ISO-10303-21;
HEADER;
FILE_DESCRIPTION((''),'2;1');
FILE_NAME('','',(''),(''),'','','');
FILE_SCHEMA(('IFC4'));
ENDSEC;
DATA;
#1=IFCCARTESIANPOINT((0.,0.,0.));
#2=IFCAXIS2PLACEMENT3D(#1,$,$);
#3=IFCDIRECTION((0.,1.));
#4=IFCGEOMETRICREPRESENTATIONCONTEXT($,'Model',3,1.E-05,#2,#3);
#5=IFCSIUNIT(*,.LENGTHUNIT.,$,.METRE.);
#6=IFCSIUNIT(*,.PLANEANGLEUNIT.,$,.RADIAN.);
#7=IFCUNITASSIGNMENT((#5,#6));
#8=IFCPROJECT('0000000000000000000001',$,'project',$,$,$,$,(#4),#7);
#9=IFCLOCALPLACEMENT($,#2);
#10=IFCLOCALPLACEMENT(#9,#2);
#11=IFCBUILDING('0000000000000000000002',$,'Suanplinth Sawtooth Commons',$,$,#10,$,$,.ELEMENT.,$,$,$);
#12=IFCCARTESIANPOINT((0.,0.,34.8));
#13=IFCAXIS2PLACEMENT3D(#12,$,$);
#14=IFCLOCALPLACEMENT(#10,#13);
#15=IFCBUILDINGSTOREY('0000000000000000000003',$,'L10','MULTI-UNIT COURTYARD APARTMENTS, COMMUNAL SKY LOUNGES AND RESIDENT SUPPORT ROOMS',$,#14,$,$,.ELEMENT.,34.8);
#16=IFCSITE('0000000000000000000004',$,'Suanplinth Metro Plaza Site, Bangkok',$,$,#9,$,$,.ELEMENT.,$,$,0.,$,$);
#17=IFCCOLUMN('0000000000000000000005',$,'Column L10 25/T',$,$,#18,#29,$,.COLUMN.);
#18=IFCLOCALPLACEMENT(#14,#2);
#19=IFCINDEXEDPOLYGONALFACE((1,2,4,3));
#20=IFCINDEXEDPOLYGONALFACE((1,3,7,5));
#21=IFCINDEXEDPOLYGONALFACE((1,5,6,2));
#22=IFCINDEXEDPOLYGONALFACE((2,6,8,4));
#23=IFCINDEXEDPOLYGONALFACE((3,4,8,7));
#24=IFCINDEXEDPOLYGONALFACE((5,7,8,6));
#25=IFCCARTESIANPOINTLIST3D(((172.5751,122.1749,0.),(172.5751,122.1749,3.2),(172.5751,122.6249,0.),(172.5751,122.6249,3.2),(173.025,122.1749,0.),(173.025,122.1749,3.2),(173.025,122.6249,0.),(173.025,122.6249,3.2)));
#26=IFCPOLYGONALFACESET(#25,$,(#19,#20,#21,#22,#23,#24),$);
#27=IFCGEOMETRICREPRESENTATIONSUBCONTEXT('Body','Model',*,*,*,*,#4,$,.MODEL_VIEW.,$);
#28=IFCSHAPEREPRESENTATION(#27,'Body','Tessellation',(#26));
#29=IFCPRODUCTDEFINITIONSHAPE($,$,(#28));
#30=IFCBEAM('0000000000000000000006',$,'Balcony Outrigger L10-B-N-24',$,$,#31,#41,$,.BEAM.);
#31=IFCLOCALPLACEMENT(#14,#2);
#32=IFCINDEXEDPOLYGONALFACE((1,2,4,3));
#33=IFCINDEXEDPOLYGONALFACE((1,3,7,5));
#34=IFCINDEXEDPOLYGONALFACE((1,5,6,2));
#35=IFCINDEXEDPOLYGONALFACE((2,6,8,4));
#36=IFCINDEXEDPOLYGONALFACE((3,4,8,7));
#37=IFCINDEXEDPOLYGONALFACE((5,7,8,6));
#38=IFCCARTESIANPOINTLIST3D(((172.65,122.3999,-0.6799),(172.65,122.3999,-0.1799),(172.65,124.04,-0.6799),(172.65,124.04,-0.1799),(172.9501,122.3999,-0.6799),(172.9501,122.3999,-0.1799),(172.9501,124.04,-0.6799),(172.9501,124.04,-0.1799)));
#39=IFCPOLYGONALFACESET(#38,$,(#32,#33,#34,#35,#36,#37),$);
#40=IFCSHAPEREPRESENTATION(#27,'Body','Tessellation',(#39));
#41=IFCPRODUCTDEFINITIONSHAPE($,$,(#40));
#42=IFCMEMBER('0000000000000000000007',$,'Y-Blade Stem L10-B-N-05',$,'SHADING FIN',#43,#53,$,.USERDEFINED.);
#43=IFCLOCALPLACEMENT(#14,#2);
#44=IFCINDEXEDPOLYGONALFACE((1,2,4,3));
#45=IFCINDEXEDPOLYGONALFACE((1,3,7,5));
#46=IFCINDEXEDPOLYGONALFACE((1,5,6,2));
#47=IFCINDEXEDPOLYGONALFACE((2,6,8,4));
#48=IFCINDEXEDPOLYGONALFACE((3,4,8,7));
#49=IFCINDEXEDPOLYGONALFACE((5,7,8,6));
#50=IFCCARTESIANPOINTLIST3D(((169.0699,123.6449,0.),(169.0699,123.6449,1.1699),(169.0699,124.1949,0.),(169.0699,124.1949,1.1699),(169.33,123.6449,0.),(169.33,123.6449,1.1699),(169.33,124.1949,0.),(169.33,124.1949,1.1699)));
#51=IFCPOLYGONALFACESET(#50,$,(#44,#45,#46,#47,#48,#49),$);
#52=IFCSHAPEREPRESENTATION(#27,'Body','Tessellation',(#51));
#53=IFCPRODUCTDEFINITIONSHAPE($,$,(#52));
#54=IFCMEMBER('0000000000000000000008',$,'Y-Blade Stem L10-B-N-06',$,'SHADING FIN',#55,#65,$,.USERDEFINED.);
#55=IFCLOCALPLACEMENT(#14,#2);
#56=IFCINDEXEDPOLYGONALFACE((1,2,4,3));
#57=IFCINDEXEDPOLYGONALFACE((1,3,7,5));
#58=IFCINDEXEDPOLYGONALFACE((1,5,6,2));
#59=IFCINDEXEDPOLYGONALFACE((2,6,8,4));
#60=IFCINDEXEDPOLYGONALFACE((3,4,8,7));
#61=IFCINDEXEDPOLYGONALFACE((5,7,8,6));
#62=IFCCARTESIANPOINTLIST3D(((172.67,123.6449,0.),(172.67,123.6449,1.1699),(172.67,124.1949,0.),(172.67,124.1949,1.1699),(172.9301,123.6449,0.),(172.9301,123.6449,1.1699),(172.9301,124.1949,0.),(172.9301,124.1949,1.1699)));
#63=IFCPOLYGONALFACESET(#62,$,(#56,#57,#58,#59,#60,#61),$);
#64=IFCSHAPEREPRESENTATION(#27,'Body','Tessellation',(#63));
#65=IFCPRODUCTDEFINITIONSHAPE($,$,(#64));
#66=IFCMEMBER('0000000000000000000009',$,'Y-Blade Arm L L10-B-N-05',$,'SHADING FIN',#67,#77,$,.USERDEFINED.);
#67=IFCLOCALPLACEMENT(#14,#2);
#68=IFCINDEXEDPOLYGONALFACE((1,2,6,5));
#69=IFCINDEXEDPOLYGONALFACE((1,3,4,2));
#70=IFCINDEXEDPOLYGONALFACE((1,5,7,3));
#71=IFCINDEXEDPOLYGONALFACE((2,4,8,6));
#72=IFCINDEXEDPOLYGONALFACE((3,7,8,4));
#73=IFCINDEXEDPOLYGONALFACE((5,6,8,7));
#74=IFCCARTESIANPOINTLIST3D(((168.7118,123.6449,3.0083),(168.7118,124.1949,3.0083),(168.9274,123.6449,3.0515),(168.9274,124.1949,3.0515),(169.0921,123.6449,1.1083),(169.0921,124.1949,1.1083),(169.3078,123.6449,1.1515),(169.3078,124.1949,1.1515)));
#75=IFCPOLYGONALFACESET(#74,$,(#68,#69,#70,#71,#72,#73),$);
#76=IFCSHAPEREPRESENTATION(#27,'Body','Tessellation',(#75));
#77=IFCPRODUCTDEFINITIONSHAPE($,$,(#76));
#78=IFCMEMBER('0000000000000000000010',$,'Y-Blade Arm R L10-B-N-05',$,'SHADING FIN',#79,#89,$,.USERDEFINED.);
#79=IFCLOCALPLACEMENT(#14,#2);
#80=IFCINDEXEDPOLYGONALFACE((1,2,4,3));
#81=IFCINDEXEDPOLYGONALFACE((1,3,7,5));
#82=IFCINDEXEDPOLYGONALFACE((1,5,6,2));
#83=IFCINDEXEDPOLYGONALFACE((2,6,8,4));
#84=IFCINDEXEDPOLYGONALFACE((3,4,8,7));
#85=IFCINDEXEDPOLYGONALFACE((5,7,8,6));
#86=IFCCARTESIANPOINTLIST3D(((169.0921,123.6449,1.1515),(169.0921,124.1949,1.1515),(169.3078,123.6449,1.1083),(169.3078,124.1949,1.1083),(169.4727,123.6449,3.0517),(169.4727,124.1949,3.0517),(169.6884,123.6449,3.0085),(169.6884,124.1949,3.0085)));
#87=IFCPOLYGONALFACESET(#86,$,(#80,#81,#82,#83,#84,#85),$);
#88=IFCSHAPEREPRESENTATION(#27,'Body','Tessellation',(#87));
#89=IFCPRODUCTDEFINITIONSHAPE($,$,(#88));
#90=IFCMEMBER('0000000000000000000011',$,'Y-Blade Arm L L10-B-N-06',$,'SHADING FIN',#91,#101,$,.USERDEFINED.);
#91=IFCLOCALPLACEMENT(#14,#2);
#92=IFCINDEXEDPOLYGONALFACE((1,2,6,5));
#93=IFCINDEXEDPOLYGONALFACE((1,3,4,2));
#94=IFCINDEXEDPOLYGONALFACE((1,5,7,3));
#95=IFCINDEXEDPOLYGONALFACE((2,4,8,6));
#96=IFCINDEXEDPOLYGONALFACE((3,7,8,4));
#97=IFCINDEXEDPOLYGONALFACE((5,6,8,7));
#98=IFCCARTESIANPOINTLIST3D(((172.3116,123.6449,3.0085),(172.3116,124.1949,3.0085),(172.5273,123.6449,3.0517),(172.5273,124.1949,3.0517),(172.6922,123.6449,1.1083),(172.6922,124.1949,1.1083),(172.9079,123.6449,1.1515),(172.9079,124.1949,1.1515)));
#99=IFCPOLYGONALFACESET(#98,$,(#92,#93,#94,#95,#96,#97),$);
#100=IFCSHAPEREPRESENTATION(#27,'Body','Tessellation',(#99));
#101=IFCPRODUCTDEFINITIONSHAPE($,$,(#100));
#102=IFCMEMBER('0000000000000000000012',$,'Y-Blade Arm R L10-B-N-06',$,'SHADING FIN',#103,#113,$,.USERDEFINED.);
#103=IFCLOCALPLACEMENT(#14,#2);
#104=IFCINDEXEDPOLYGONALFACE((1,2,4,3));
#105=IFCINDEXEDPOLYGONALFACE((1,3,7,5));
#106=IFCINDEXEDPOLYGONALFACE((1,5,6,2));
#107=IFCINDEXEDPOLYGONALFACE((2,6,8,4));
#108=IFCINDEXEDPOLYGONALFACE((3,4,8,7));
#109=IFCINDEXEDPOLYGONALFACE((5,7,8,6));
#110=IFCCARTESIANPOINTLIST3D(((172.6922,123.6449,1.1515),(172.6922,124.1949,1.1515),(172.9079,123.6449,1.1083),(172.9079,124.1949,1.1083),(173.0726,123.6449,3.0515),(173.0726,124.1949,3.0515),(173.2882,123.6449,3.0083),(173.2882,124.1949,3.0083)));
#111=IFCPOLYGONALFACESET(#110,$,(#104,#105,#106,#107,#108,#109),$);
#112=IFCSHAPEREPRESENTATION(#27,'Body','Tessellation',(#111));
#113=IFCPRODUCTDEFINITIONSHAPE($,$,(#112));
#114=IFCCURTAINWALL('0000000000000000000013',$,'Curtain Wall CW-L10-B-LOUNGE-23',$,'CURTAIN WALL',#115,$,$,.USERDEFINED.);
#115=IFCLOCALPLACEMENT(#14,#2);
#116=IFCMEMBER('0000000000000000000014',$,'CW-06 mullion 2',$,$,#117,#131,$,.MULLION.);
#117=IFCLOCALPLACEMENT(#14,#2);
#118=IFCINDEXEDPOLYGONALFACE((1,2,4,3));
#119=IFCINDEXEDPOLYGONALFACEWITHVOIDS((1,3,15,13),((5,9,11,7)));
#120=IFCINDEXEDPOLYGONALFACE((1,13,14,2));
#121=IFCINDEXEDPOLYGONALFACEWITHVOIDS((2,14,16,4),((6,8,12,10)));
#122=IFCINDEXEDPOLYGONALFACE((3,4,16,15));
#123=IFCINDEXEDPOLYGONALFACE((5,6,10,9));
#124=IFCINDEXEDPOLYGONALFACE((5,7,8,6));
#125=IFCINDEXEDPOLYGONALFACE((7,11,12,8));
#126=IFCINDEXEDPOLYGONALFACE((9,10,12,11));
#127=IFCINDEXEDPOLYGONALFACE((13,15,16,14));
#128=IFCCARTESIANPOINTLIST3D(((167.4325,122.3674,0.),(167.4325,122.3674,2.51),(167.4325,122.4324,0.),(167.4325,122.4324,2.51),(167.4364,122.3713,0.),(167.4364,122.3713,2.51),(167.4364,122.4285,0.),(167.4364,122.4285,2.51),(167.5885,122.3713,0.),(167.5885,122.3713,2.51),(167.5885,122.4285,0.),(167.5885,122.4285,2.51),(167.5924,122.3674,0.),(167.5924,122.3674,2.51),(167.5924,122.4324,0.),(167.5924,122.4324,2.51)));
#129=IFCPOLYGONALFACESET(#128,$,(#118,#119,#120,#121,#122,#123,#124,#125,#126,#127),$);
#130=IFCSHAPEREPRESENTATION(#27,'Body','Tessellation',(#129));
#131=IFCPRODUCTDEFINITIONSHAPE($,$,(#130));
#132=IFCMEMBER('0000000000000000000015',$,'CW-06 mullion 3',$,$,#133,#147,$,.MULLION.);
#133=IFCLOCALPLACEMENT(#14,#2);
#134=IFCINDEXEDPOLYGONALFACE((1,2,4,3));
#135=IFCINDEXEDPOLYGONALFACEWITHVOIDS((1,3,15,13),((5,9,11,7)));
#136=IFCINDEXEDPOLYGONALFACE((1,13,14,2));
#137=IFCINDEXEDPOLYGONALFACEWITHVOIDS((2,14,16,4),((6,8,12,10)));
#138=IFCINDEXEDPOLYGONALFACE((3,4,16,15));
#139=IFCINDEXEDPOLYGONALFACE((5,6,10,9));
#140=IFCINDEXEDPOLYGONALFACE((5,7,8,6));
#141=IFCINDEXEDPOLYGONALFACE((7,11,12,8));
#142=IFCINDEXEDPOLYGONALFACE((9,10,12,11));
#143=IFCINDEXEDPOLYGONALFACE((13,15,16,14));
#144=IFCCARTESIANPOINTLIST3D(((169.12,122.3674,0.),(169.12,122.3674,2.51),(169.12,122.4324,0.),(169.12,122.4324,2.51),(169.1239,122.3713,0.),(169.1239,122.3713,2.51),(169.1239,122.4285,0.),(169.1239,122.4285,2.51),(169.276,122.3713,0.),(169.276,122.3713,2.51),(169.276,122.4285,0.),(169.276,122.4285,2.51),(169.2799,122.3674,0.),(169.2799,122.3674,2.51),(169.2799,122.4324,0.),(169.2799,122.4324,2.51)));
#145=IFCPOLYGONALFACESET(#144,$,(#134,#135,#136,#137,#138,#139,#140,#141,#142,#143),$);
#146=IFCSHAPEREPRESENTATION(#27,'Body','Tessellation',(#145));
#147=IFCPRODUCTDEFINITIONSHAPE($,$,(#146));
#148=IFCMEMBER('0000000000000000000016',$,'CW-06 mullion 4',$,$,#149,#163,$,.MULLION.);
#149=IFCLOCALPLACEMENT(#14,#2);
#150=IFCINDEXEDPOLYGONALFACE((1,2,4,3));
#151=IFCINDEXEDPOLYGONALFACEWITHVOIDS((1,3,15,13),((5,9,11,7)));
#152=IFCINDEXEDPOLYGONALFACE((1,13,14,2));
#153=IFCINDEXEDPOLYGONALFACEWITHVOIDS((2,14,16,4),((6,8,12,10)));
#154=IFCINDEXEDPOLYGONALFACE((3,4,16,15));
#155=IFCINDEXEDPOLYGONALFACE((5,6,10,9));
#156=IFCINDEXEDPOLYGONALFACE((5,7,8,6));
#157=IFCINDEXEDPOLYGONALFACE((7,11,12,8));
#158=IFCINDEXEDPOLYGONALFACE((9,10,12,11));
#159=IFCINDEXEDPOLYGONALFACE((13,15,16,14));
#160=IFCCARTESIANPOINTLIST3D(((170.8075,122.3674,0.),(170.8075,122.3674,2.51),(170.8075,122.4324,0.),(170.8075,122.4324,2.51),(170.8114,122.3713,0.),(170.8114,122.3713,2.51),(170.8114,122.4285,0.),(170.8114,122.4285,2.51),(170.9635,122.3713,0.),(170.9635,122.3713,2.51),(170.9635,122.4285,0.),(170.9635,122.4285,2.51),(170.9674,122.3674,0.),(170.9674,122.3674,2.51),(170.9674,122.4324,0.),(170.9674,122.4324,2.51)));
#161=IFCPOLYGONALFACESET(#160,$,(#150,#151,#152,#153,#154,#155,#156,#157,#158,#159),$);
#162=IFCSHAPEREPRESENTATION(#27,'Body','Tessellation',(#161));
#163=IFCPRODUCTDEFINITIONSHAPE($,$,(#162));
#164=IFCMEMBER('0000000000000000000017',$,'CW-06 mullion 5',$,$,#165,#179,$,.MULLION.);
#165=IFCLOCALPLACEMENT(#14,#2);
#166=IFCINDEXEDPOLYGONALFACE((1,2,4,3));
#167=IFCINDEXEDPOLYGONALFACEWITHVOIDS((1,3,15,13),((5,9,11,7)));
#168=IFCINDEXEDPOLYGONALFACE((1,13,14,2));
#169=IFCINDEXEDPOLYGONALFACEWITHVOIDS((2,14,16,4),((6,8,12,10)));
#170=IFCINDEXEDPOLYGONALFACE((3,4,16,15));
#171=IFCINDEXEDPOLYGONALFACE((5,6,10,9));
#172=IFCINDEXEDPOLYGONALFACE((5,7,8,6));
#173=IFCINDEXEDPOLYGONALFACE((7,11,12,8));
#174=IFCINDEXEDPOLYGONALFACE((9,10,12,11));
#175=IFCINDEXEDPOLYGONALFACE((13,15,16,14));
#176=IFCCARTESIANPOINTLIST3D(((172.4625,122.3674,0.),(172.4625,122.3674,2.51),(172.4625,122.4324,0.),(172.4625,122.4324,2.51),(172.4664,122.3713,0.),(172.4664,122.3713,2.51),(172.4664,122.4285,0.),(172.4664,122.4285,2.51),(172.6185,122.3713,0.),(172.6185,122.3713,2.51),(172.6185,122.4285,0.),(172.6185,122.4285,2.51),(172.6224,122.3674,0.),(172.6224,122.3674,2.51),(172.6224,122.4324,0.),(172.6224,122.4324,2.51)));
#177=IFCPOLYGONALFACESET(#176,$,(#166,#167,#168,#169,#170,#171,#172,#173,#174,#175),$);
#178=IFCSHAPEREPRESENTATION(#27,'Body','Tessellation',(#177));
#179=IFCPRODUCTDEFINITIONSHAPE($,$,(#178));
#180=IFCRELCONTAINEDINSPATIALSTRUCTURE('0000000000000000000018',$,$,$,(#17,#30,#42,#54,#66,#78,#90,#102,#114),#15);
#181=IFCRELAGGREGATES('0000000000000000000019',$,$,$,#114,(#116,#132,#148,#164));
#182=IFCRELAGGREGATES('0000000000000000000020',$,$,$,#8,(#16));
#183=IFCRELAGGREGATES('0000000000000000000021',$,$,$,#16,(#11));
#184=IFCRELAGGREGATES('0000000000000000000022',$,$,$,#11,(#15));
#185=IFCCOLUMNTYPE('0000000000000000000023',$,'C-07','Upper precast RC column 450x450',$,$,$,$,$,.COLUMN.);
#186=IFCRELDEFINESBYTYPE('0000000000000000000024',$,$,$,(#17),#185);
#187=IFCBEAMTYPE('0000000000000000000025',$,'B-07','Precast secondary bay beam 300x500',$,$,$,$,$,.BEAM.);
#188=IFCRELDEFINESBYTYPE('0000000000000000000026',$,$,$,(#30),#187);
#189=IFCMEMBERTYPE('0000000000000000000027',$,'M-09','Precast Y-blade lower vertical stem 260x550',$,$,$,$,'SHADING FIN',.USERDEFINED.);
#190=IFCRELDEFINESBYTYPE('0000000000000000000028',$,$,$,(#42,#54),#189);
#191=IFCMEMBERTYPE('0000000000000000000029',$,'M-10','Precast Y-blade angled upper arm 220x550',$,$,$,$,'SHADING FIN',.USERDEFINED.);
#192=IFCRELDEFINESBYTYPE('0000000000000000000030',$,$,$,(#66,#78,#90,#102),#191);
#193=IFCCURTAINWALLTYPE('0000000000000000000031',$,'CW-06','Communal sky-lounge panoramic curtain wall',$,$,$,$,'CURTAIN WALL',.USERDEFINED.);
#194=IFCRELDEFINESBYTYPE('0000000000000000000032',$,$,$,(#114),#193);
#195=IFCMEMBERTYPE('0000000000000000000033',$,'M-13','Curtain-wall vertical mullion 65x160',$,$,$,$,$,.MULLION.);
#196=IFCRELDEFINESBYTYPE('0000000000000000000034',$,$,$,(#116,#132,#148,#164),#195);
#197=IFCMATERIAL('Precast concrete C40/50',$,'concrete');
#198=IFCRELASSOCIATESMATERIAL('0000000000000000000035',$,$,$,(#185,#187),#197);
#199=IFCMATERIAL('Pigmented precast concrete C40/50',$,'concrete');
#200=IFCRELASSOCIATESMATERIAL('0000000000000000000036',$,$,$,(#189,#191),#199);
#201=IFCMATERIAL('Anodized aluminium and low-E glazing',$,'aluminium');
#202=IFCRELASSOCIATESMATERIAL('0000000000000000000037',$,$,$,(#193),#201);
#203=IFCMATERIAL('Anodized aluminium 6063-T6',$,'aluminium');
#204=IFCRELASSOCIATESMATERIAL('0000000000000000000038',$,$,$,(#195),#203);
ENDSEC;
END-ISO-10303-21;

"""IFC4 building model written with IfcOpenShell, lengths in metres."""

from ifc_helpers import new_model, si_unit, direction, frame, origin, origin_2d, place, context, subcontext, project, spatial, rectangle, hollow_rectangle, extrude, material, material_profile, profile_set, type_object, element, aggregate, save


model = new_model("IFC4")

# Units and contexts
model_context = context("Model", 3, precision=1e-05, world=origin(), true_north=direction((0.0, 1.0)))
body_context = subcontext(model_context, "Body", "Model", "MODEL_VIEW")
ifc_project = project(units=[si_unit("LENGTHUNIT", "METRE"), si_unit("PLANEANGLEUNIT", "RADIAN")], contexts=[model_context])

# Site, building, storey
site_placement = place(None, origin())
site = spatial("IfcSite", under=ifc_project, at=site_placement, Name="Suanplinth Metro Plaza Site, Bangkok", CompositionType="ELEMENT", RefElevation=0.0)
building_placement = place(site_placement, origin())
building = spatial("IfcBuilding", under=site, at=building_placement, Name="Suanplinth Sawtooth Commons", CompositionType="ELEMENT")
storey_placement = place(building_placement, frame((0.0, 0.0, 34.8)))
storey = spatial("IfcBuildingStorey", under=building, at=storey_placement, Name="L10", Description="MULTI-UNIT COURTYARD APARTMENTS, COMMUNAL SKY LOUNGES AND RESIDENT SUPPORT ROOMS", CompositionType="ELEMENT", Elevation=34.8)

# Column
ifc_material_1 = material(Name="Precast concrete C40/50", Category="concrete")
ifc_material_profile_1 = material_profile(ifc_material_1, rectangle(XDim=0.45, YDim=0.45, at=origin_2d()), Name="PC-COL 450x450")
ifc_profile_set_1 = profile_set([ifc_material_profile_1], Name="Precast concrete C40/50")
column_type = type_object("IfcColumnType", Name="C-07", Description="Upper precast RC column 450x450", PredefinedType="COLUMN", material=ifc_profile_set_1)
column_placement = place(storey_placement, frame((172.8, 122.3999, 0.0), z_axis=(0.0, 0.0, 1.0), x_axis=(1.0, 0.0, 0.0)))
element("IfcColumn", 1, at=column_placement, inside=storey, type_object=column_type, Name="Column L10 25/T", PredefinedType="COLUMN", context=body_context, shape_type="SweptSolid", body=[
    extrude(rectangle(XDim=0.45, YDim=0.45, at=origin_2d()), origin(), (0.0, 0.0, 1.0), 3.2),
])

# Beam
ifc_material_profile_2 = material_profile(ifc_material_1, rectangle(XDim=0.3, YDim=0.5, at=origin_2d()), Name="PC-BM 300x500")
ifc_profile_set_2 = profile_set([ifc_material_profile_2], Name="Precast concrete C40/50")
beam_type = type_object("IfcBeamType", Name="B-07", Description="Precast secondary bay beam 300x500", PredefinedType="BEAM", material=ifc_profile_set_2)
beam_placement = place(storey_placement, frame((172.8, 122.3999, -0.4299), z_axis=(0.0, 1.0, 0.0), x_axis=(-1.0, 0.0, 0.0)))
element("IfcBeam", 2, at=beam_placement, inside=storey, type_object=beam_type, Name="Balcony Outrigger L10-B-N-24", PredefinedType="BEAM", context=body_context, shape_type="SweptSolid", body=[
    extrude(rectangle(XDim=0.3, YDim=0.5, at=origin_2d()), origin(), (0.0, 0.0, 1.0), 1.6401),
])

# Members
ifc_material_2 = material(Name="Pigmented precast concrete C40/50", Category="concrete")
ifc_material_profile_3 = material_profile(ifc_material_2, rectangle(XDim=0.26, YDim=0.55, at=origin_2d()), Name="PC-FIN 260x550")
ifc_profile_set_3 = profile_set([ifc_material_profile_3], Name="Pigmented precast concrete C40/50")
member_type_1 = type_object("IfcMemberType", Name="M-09", Description="Precast Y-blade lower vertical stem 260x550", ElementType="SHADING FIN", PredefinedType="USERDEFINED", material=ifc_profile_set_3)
for number, where, z_axis, x_axis, name in (
    (3, (169.2, 123.9199, 0.0), (0.0, 0.0, 1.0), (1.0, 0.0, 0.0), "Y-Blade Stem L10-B-N-05"),
    (4, (172.8, 123.9199, 0.0), (0.0, 0.0, 1.0), (1.0, 0.0, 0.0), "Y-Blade Stem L10-B-N-06"),
):
    element("IfcMember", number, at=place(storey_placement, frame(where, z_axis=z_axis, x_axis=x_axis)), inside=storey, type_object=member_type_1, Name=name, ObjectType="SHADING FIN", PredefinedType="USERDEFINED", context=body_context, shape_type="SweptSolid", body=[
        extrude(rectangle(XDim=0.26, YDim=0.55, at=origin_2d()), origin(), (0.0, 0.0, 1.0), 1.1699),
    ])
ifc_material_profile_4 = material_profile(ifc_material_2, rectangle(XDim=0.22, YDim=0.55, at=origin_2d()), Name="PC-FIN 220x550")
ifc_profile_set_4 = profile_set([ifc_material_profile_4], Name="Pigmented precast concrete C40/50")
member_type_2 = type_object("IfcMemberType", Name="M-10", Description="Precast Y-blade angled upper arm 220x550", ElementType="SHADING FIN", PredefinedType="USERDEFINED", material=ifc_profile_set_4)
member_1_placement = place(storey_placement, frame((169.2, 123.9199, 1.1299), z_axis=(-0.196286, 0.0, 0.980547), x_axis=(0.980547, 0.0, 0.196286)))
element("IfcMember", 5, at=member_1_placement, inside=storey, type_object=member_type_2, Name="Y-Blade Arm L L10-B-N-05", ObjectType="SHADING FIN", PredefinedType="USERDEFINED", context=body_context, shape_type="SweptSolid", body=[
    extrude(rectangle(XDim=0.22, YDim=0.55, at=origin_2d()), origin(), (0.0, 0.0, 1.0), 1.9377),
])
for number, where, z_axis, x_axis, name in (
    (6, (169.2, 123.9199, 1.1299), (0.196407, 0.0, 0.980522), (-0.980522, 0.0, 0.196407), "Y-Blade Arm R L10-B-N-05"),
    (7, (172.8, 123.9199, 1.1299), (-0.196407, 0.0, 0.980522), (0.980522, 0.0, 0.196407), "Y-Blade Arm L L10-B-N-06"),
):
    element("IfcMember", number, at=place(storey_placement, frame(where, z_axis=z_axis, x_axis=x_axis)), inside=storey, type_object=member_type_2, Name=name, ObjectType="SHADING FIN", PredefinedType="USERDEFINED", context=body_context, shape_type="SweptSolid", body=[
        extrude(rectangle(XDim=0.22, YDim=0.55, at=origin_2d()), origin(), (0.0, 0.0, 1.0), 1.938),
    ])
member_2_placement = place(storey_placement, frame((172.8, 123.9199, 1.1299), z_axis=(0.196286, 0.0, 0.980547), x_axis=(-0.980547, 0.0, 0.196286)))
element("IfcMember", 8, at=member_2_placement, inside=storey, type_object=member_type_2, Name="Y-Blade Arm R L10-B-N-06", ObjectType="SHADING FIN", PredefinedType="USERDEFINED", context=body_context, shape_type="SweptSolid", body=[
    extrude(rectangle(XDim=0.22, YDim=0.55, at=origin_2d()), origin(), (0.0, 0.0, 1.0), 1.9377),
])

# Curtain wall, members
ifc_material_3 = material(Name="Anodized aluminium and low-E glazing", Category="aluminium")
curtain_wall_type = type_object("IfcCurtainWallType", Name="CW-06", Description="Communal sky-lounge panoramic curtain wall", ElementType="CURTAIN WALL", PredefinedType="USERDEFINED", material=ifc_material_3)
curtain_wall_placement = place(storey_placement, origin())
curtain_wall = element("IfcCurtainWall", 9, at=curtain_wall_placement, inside=storey, type_object=curtain_wall_type, Name="Curtain Wall CW-L10-B-LOUNGE-23", ObjectType="CURTAIN WALL", PredefinedType="USERDEFINED")
ifc_material_4 = material(Name="Anodized aluminium 6063-T6", Category="aluminium")
ifc_material_profile_5 = material_profile(ifc_material_4, hollow_rectangle(XDim=0.0649, YDim=0.1599, WallThickness=0.0039, at=origin_2d()), Name="ALU-MUL 65x160")
ifc_profile_set_5 = profile_set([ifc_material_profile_5], Name="Anodized aluminium 6063-T6")
member_type_3 = type_object("IfcMemberType", Name="M-13", Description="Curtain-wall vertical mullion 65x160", PredefinedType="MULLION", material=ifc_profile_set_5)
member_3_placement = place(storey_placement, frame((167.5125, 122.3999, 0.0), z_axis=(0.0, 0.0, 1.0), x_axis=(0.0, 1.0, 0.0)))
member_3 = element("IfcMember", 10, at=member_3_placement, type_object=member_type_3, Name="CW-06 mullion 2", PredefinedType="MULLION", context=body_context, shape_type="SweptSolid", body=[
    extrude(hollow_rectangle(XDim=0.0649, YDim=0.1599, WallThickness=0.0039, at=origin_2d()), origin(), (0.0, 0.0, 1.0), 2.51),
])
member_4_placement = place(storey_placement, frame((169.2, 122.3999, 0.0), z_axis=(0.0, 0.0, 1.0), x_axis=(0.0, 1.0, 0.0)))
member_4 = element("IfcMember", 11, at=member_4_placement, type_object=member_type_3, Name="CW-06 mullion 3", PredefinedType="MULLION", context=body_context, shape_type="SweptSolid", body=[
    extrude(hollow_rectangle(XDim=0.0649, YDim=0.1599, WallThickness=0.0039, at=origin_2d()), origin(), (0.0, 0.0, 1.0), 2.51),
])
member_5_placement = place(storey_placement, frame((170.8875, 122.3999, 0.0), z_axis=(0.0, 0.0, 1.0), x_axis=(0.0, 1.0, 0.0)))
member_5 = element("IfcMember", 12, at=member_5_placement, type_object=member_type_3, Name="CW-06 mullion 4", PredefinedType="MULLION", context=body_context, shape_type="SweptSolid", body=[
    extrude(hollow_rectangle(XDim=0.0649, YDim=0.1599, WallThickness=0.0039, at=origin_2d()), origin(), (0.0, 0.0, 1.0), 2.51),
])
member_6_placement = place(storey_placement, frame((172.5425, 122.3999, 0.0), z_axis=(0.0, 0.0, 1.0), x_axis=(0.0, 1.0, 0.0)))
member_6 = element("IfcMember", 13, at=member_6_placement, type_object=member_type_3, Name="CW-06 mullion 5", PredefinedType="MULLION", context=body_context, shape_type="SweptSolid", body=[
    extrude(hollow_rectangle(XDim=0.0649, YDim=0.1599, WallThickness=0.0039, at=origin_2d()), origin(), (0.0, 0.0, 1.0), 2.51),
])

aggregate(curtain_wall, [member_3, member_4, member_5, member_6])

save(model, "model.ifc")
